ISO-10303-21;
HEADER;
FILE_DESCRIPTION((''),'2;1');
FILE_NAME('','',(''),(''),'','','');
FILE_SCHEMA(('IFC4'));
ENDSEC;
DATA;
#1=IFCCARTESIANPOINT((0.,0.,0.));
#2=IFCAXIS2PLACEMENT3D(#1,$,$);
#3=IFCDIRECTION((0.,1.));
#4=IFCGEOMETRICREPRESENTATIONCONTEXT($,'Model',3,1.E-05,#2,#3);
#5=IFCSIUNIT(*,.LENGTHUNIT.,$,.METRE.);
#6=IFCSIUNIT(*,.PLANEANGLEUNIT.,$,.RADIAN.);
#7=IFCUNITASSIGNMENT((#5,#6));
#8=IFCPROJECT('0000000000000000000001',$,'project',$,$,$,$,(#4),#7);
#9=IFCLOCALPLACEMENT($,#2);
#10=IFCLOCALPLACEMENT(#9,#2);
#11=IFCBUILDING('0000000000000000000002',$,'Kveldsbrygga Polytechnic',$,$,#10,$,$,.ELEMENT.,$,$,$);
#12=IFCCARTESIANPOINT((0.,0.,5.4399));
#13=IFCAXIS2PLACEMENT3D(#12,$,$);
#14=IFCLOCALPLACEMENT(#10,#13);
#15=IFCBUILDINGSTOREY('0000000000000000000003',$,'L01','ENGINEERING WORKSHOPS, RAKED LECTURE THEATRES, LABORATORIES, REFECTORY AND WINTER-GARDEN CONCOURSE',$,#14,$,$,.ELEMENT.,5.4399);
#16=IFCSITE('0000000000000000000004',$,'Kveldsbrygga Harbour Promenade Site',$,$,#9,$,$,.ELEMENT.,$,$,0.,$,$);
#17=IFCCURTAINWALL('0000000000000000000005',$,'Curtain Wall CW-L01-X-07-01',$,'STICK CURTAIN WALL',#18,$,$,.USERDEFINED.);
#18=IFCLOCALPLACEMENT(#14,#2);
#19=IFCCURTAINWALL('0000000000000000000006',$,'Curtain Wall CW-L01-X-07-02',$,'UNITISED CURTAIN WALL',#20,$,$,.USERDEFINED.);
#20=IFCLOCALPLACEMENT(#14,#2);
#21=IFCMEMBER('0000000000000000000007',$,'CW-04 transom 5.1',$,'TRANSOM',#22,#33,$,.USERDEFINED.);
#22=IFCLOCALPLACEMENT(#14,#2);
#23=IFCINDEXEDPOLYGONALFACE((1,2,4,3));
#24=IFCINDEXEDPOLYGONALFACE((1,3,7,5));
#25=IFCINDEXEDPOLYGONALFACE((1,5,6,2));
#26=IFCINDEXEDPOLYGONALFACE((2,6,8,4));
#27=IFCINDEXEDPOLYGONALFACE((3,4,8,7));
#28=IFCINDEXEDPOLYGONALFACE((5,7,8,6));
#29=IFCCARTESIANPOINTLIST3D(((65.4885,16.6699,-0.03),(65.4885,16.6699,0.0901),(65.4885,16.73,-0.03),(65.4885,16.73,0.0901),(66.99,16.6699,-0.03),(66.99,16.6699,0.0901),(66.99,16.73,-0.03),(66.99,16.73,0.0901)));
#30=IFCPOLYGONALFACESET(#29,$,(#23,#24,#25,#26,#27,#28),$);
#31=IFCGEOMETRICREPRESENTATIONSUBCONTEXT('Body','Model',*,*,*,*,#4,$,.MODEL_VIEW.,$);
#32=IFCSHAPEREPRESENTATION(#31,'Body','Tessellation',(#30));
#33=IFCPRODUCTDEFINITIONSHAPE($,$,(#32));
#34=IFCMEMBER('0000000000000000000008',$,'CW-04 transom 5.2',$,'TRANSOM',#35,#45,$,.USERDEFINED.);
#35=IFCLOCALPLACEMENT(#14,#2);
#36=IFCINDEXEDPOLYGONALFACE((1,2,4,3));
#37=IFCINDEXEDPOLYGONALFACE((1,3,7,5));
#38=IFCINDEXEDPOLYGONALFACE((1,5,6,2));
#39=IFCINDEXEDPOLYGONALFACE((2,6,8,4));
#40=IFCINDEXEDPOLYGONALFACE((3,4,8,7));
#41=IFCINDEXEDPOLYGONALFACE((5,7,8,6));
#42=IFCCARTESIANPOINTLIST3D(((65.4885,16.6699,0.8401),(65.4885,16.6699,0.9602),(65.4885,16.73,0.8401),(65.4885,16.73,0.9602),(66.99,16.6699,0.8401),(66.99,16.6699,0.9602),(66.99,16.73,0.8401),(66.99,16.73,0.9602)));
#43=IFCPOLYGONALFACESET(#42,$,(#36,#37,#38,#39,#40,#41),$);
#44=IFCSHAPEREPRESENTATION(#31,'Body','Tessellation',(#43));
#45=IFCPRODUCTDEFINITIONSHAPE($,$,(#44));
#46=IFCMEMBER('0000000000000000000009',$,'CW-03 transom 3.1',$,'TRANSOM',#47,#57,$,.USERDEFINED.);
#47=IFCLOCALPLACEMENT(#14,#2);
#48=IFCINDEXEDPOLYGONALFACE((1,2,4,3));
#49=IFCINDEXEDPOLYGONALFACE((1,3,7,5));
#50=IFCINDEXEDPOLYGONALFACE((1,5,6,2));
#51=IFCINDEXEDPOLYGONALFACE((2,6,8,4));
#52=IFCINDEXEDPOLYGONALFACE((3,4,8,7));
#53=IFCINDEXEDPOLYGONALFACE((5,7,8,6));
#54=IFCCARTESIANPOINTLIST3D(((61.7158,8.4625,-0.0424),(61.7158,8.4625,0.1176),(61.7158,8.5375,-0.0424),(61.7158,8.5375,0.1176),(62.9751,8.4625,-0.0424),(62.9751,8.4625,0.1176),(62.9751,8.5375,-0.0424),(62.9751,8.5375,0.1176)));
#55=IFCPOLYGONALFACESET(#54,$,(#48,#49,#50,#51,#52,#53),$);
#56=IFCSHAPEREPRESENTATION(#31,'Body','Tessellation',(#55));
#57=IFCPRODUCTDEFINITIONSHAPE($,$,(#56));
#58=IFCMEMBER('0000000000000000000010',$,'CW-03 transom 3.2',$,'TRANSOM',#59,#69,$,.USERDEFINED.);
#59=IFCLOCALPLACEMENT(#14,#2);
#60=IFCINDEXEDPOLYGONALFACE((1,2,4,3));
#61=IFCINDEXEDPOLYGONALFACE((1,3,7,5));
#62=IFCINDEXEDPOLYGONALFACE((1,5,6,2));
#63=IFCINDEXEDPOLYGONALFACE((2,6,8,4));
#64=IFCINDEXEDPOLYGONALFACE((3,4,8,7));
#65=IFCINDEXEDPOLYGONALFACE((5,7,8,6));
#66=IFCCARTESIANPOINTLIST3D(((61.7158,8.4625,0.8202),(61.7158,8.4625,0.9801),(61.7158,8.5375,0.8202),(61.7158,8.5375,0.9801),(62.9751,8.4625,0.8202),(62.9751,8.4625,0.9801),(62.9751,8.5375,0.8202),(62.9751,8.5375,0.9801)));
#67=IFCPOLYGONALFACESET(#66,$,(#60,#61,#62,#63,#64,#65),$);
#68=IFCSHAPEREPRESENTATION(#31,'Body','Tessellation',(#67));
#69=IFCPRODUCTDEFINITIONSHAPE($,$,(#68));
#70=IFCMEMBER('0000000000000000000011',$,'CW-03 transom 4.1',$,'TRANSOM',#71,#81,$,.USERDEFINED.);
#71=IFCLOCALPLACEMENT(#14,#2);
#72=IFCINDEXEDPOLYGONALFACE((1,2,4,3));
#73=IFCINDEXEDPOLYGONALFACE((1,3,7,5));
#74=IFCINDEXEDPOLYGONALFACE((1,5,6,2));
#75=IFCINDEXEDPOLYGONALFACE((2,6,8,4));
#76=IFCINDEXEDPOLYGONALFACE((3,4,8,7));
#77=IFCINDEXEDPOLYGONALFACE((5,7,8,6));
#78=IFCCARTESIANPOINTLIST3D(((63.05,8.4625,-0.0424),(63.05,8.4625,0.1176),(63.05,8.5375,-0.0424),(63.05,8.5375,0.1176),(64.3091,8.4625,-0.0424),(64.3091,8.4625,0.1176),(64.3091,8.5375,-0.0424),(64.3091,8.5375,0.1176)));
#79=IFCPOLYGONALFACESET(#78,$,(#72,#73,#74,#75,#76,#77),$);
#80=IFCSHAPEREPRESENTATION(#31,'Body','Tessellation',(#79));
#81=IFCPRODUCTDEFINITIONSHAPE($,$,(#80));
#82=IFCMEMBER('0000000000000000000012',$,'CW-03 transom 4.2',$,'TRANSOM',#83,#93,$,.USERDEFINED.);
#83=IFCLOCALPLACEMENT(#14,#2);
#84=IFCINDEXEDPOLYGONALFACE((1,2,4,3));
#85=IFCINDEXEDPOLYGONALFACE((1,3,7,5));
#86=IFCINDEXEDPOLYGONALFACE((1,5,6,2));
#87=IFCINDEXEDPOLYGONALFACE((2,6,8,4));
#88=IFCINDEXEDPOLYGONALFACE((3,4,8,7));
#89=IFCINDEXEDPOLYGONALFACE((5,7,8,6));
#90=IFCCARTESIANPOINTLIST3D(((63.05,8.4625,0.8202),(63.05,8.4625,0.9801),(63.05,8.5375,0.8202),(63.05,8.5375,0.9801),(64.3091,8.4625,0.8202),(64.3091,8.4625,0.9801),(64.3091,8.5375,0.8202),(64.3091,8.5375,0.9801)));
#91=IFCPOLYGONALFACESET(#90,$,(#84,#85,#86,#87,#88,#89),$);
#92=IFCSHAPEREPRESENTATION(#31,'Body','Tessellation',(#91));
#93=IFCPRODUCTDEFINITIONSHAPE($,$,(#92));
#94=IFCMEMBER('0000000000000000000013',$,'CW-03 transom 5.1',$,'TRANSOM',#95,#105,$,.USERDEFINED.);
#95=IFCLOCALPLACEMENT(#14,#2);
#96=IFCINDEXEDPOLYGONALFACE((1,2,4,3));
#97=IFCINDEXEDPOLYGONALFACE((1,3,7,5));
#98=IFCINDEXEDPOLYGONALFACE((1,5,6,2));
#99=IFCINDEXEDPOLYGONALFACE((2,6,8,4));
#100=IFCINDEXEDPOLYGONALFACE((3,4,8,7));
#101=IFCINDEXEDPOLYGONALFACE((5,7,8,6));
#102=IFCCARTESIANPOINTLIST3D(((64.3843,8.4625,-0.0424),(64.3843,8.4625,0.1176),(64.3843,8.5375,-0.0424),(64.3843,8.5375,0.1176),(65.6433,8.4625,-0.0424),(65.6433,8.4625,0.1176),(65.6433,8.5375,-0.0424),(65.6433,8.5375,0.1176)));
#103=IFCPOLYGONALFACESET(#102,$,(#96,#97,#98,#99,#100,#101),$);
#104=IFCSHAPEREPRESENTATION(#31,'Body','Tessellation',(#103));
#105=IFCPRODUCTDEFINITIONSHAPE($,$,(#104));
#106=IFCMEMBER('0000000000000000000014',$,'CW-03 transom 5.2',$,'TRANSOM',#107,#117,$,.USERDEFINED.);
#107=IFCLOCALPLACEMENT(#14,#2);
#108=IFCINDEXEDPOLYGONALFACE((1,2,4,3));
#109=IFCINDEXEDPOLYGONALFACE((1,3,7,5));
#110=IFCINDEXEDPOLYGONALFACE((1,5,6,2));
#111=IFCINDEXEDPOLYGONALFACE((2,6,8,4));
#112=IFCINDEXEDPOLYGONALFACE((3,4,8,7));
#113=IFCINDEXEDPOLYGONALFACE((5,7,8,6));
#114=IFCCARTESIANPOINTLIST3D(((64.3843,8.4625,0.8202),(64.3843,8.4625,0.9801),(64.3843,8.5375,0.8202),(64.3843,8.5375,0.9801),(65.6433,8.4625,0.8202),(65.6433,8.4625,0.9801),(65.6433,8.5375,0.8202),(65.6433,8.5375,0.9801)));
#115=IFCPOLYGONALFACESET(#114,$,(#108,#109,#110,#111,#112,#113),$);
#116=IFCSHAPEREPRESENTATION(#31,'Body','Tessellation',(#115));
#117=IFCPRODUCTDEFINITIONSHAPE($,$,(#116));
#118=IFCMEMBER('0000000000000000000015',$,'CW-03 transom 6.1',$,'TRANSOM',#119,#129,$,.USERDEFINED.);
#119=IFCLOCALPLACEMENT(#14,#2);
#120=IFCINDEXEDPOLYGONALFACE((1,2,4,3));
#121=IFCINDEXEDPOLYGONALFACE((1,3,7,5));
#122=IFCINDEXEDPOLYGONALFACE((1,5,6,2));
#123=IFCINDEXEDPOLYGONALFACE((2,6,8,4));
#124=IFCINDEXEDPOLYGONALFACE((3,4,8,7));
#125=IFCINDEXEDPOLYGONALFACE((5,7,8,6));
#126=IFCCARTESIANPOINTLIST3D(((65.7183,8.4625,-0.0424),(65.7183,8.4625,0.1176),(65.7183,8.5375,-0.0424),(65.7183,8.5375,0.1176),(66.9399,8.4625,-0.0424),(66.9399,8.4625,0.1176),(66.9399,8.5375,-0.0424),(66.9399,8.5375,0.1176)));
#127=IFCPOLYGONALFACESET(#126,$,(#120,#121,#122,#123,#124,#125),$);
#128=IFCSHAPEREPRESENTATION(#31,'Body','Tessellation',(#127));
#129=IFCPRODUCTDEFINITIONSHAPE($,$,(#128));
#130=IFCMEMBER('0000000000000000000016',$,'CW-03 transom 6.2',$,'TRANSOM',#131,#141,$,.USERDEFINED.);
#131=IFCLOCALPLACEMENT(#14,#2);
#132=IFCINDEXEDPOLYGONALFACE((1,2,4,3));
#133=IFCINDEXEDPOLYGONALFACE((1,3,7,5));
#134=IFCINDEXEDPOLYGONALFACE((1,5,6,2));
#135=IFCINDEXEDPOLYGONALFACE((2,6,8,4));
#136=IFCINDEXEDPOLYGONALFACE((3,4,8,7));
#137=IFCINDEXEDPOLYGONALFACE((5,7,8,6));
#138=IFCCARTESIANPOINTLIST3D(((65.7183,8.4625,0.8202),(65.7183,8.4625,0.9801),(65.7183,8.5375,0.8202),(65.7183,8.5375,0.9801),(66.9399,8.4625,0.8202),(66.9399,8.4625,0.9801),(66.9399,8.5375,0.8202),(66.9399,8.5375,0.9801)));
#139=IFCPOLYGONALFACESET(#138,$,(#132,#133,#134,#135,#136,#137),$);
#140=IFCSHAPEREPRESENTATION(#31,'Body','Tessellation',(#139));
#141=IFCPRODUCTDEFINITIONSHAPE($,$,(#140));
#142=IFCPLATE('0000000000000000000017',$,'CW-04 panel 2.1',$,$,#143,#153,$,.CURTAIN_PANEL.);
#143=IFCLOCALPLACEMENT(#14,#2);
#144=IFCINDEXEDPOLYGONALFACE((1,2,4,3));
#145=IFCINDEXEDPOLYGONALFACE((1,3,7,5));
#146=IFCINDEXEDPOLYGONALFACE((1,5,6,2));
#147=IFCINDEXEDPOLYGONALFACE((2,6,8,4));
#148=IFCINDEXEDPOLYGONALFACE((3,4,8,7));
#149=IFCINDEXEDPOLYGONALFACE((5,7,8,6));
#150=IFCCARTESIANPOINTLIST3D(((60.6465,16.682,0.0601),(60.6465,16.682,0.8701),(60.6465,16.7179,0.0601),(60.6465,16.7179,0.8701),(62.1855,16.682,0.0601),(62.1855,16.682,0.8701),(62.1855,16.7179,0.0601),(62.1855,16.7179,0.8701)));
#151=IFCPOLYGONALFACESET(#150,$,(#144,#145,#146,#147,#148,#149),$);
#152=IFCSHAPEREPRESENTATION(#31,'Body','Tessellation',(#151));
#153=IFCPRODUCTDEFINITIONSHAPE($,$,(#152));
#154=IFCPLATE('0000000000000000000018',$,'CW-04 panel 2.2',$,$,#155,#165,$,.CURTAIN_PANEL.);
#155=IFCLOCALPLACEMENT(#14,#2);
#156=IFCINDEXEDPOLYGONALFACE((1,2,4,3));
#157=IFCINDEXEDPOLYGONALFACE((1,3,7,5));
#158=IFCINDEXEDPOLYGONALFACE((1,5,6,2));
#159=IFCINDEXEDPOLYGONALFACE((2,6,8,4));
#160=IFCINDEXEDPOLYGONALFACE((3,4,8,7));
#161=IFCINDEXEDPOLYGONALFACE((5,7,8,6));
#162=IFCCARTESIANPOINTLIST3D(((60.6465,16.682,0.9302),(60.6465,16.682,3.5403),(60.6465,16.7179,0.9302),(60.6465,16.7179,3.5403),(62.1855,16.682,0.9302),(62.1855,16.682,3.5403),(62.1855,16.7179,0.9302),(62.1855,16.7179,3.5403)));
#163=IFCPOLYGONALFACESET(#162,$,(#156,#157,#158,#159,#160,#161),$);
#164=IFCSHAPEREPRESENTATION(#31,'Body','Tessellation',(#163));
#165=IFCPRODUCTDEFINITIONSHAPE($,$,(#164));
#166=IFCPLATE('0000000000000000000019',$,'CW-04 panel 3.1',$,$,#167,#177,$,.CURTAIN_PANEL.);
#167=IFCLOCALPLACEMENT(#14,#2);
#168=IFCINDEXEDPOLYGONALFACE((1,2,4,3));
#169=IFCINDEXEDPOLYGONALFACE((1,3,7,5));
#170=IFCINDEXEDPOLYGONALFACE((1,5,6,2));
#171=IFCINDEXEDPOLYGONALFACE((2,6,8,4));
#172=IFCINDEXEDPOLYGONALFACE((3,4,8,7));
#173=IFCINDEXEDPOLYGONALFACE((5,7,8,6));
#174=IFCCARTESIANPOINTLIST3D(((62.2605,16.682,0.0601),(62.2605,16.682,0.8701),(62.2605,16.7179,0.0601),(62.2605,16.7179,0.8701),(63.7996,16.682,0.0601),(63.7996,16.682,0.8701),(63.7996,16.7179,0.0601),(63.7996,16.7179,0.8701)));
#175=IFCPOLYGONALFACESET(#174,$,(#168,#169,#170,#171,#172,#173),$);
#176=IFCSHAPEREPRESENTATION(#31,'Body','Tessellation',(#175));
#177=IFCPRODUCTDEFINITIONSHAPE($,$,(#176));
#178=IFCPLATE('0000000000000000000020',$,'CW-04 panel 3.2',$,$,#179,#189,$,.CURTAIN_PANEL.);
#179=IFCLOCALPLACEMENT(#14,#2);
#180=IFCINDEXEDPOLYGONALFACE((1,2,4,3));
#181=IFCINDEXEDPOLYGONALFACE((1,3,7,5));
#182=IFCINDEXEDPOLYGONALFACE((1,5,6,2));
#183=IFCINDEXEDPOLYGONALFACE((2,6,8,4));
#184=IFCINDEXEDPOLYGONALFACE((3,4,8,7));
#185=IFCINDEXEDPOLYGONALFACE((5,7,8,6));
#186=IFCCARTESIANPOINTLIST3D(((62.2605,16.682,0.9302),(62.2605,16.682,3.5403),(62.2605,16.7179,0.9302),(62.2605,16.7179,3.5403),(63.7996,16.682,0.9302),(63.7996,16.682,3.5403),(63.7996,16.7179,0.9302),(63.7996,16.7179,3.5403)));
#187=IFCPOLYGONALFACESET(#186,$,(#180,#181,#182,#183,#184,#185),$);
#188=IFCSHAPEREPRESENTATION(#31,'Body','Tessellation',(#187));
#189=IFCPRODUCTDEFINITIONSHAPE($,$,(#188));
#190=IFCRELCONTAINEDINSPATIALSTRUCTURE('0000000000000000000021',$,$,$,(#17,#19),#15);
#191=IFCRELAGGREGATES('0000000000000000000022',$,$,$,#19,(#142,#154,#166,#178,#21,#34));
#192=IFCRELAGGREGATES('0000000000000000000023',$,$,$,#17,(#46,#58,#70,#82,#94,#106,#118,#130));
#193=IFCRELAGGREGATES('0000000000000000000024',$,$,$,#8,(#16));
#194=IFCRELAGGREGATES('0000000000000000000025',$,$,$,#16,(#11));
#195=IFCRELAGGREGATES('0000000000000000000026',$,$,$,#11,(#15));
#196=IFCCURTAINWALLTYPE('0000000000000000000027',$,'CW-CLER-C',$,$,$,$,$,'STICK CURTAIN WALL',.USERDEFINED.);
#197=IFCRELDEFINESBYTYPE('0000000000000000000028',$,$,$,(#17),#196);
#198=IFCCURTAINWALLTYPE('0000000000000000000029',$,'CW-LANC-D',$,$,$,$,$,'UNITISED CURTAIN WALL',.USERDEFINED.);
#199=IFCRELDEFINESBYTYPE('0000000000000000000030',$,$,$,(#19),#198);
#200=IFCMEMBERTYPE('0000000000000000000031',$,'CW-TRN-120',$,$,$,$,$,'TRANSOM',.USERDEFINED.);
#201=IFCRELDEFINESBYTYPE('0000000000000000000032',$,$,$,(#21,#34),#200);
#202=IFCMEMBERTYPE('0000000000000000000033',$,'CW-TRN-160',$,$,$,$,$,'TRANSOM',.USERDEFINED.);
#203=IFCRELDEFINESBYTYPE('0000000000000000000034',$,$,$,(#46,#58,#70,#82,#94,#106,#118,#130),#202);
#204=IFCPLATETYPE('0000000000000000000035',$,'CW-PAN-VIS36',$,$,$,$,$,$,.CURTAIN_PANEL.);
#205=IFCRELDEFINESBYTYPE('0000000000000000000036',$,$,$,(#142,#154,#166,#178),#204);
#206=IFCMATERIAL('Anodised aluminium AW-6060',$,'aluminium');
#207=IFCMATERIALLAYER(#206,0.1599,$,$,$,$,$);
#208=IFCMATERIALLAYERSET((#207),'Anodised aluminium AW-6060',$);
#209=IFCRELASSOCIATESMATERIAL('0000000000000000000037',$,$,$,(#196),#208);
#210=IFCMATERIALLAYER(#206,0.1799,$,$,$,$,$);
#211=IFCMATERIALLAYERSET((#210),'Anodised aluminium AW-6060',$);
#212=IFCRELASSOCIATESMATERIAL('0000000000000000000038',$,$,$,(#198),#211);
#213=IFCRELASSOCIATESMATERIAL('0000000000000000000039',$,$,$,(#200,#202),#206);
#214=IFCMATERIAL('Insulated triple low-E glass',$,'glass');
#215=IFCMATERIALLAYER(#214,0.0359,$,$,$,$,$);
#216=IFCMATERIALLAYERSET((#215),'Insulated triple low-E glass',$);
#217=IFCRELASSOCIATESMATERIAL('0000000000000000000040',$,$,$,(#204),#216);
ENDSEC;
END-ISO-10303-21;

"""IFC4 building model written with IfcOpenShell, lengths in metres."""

from ifc_helpers import new_model, si_unit, direction, frame, origin, origin_2d, place, context, subcontext, project, spatial, rectangle, extrude, material, layer, layer_set, material_profile, profile_set, type_object, element, aggregate, save


model = new_model("IFC4")

# Units and contexts
model_context = context("Model", 3, precision=1e-05, world=origin(), true_north=direction((0.0, 1.0)))
body_context = subcontext(model_context, "Body", "Model", "MODEL_VIEW")
ifc_project = project(units=[si_unit("LENGTHUNIT", "METRE"), si_unit("PLANEANGLEUNIT", "RADIAN")], contexts=[model_context])

# Site, building, storey
site_placement = place(None, origin())
site = spatial("IfcSite", under=ifc_project, at=site_placement, Name="Kveldsbrygga Harbour Promenade Site", CompositionType="ELEMENT", RefElevation=0.0)
building_placement = place(site_placement, origin())
building = spatial("IfcBuilding", under=site, at=building_placement, Name="Kveldsbrygga Polytechnic", CompositionType="ELEMENT")
storey_placement = place(building_placement, frame((0.0, 0.0, 5.4399)))
storey = spatial("IfcBuildingStorey", under=building, at=storey_placement, Name="L01", Description="ENGINEERING WORKSHOPS, RAKED LECTURE THEATRES, LABORATORIES, REFECTORY AND WINTER-GARDEN CONCOURSE", CompositionType="ELEMENT", Elevation=5.4399)

# Curtain walls, members
ifc_material_1 = material(Name="Anodised aluminium AW-6060", Category="aluminium")
ifc_layer_1 = layer(ifc_material_1, 0.1599)
ifc_layer_set_1 = layer_set([ifc_layer_1], Name="Anodised aluminium AW-6060")
curtain_wall_type_1 = type_object("IfcCurtainWallType", Name="CW-CLER-C", ElementType="STICK CURTAIN WALL", PredefinedType="USERDEFINED", material=ifc_layer_set_1)
curtain_wall_1_placement = place(storey_placement, origin())
curtain_wall_1 = element("IfcCurtainWall", 1, at=curtain_wall_1_placement, inside=storey, type_object=curtain_wall_type_1, Name="Curtain Wall CW-L01-X-07-01", ObjectType="STICK CURTAIN WALL", PredefinedType="USERDEFINED")
ifc_layer_2 = layer(ifc_material_1, 0.1799)
ifc_layer_set_2 = layer_set([ifc_layer_2], Name="Anodised aluminium AW-6060")
curtain_wall_type_2 = type_object("IfcCurtainWallType", Name="CW-LANC-D", ElementType="UNITISED CURTAIN WALL", PredefinedType="USERDEFINED", material=ifc_layer_set_2)
curtain_wall_2_placement = place(storey_placement, origin())
curtain_wall_2 = element("IfcCurtainWall", 2, at=curtain_wall_2_placement, inside=storey, type_object=curtain_wall_type_2, Name="Curtain Wall CW-L01-X-07-02", ObjectType="UNITISED CURTAIN WALL", PredefinedType="USERDEFINED")
ifc_material_profile_1 = material_profile(ifc_material_1, rectangle(XDim=0.0601, YDim=0.1201, at=origin_2d()), Name="ALU 60x120")
ifc_profile_set_1 = profile_set([ifc_material_profile_1], Name="Anodised aluminium AW-6060")
member_type_1 = type_object("IfcMemberType", Name="CW-TRN-120", ElementType="TRANSOM", PredefinedType="USERDEFINED", material=ifc_profile_set_1)
member_1_placement = place(storey_placement, frame((65.4885, 16.7, 0.03), z_axis=(1.0, 0.0, 0.0), x_axis=(0.0, 1.0, 0.0)))
member_1 = element("IfcMember", 3, at=member_1_placement, type_object=member_type_1, Name="CW-04 transom 5.1", ObjectType="TRANSOM", PredefinedType="USERDEFINED", context=body_context, shape_type="SweptSolid", body=[
    extrude(rectangle(XDim=0.0601, YDim=0.1201, at=origin_2d()), origin(), (0.0, 0.0, 1.0), 1.5015),
])
member_2_placement = place(storey_placement, frame((65.4885, 16.7, 0.9001), z_axis=(1.0, 0.0, 0.0), x_axis=(0.0, 1.0, 0.0)))
member_2 = element("IfcMember", 4, at=member_2_placement, type_object=member_type_1, Name="CW-04 transom 5.2", ObjectType="TRANSOM", PredefinedType="USERDEFINED", context=body_context, shape_type="SweptSolid", body=[
    extrude(rectangle(XDim=0.0601, YDim=0.1201, at=origin_2d()), origin(), (0.0, 0.0, 1.0), 1.5015),
])

# Members
ifc_material_profile_2 = material_profile(ifc_material_1, rectangle(XDim=0.075, YDim=0.1599, at=origin_2d()), Name="ALU 75x160")
ifc_profile_set_2 = profile_set([ifc_material_profile_2], Name="Anodised aluminium AW-6060")
member_type_2 = type_object("IfcMemberType", Name="CW-TRN-160", ElementType="TRANSOM", PredefinedType="USERDEFINED", material=ifc_profile_set_2)
member_3_placement = place(storey_placement, frame((61.7158, 8.5, 0.0376), z_axis=(1.0, 0.0, 0.0), x_axis=(0.0, 1.0, 0.0)))
member_3 = element("IfcMember", 5, at=member_3_placement, type_object=member_type_2, Name="CW-03 transom 3.1", ObjectType="TRANSOM", PredefinedType="USERDEFINED", context=body_context, shape_type="SweptSolid", body=[
    extrude(rectangle(XDim=0.075, YDim=0.1599, at=origin_2d()), origin(), (0.0, 0.0, 1.0), 1.2593),
])
member_4_placement = place(storey_placement, frame((61.7158, 8.5, 0.9001), z_axis=(1.0, 0.0, 0.0), x_axis=(0.0, 1.0, 0.0)))
member_4 = element("IfcMember", 6, at=member_4_placement, type_object=member_type_2, Name="CW-03 transom 3.2", ObjectType="TRANSOM", PredefinedType="USERDEFINED", context=body_context, shape_type="SweptSolid", body=[
    extrude(rectangle(XDim=0.075, YDim=0.1599, at=origin_2d()), origin(), (0.0, 0.0, 1.0), 1.2593),
])
member_5_placement = place(storey_placement, frame((63.05, 8.5, 0.0376), z_axis=(1.0, 0.0, 0.0), x_axis=(0.0, 1.0, 0.0)))
member_5 = element("IfcMember", 7, at=member_5_placement, type_object=member_type_2, Name="CW-03 transom 4.1", ObjectType="TRANSOM", PredefinedType="USERDEFINED", context=body_context, shape_type="SweptSolid", body=[
    extrude(rectangle(XDim=0.075, YDim=0.1599, at=origin_2d()), origin(), (0.0, 0.0, 1.0), 1.259),
])
member_6_placement = place(storey_placement, frame((63.05, 8.5, 0.9001), z_axis=(1.0, 0.0, 0.0), x_axis=(0.0, 1.0, 0.0)))
member_6 = element("IfcMember", 8, at=member_6_placement, type_object=member_type_2, Name="CW-03 transom 4.2", ObjectType="TRANSOM", PredefinedType="USERDEFINED", context=body_context, shape_type="SweptSolid", body=[
    extrude(rectangle(XDim=0.075, YDim=0.1599, at=origin_2d()), origin(), (0.0, 0.0, 1.0), 1.259),
])
member_7_placement = place(storey_placement, frame((64.3843, 8.5, 0.0376), z_axis=(1.0, 0.0, 0.0), x_axis=(0.0, 1.0, 0.0)))
member_7 = element("IfcMember", 9, at=member_7_placement, type_object=member_type_2, Name="CW-03 transom 5.1", ObjectType="TRANSOM", PredefinedType="USERDEFINED", context=body_context, shape_type="SweptSolid", body=[
    extrude(rectangle(XDim=0.075, YDim=0.1599, at=origin_2d()), origin(), (0.0, 0.0, 1.0), 1.259),
])
member_8_placement = place(storey_placement, frame((64.3843, 8.5, 0.9001), z_axis=(1.0, 0.0, 0.0), x_axis=(0.0, 1.0, 0.0)))
member_8 = element("IfcMember", 10, at=member_8_placement, type_object=member_type_2, Name="CW-03 transom 5.2", ObjectType="TRANSOM", PredefinedType="USERDEFINED", context=body_context, shape_type="SweptSolid", body=[
    extrude(rectangle(XDim=0.075, YDim=0.1599, at=origin_2d()), origin(), (0.0, 0.0, 1.0), 1.259),
])
member_9_placement = place(storey_placement, frame((65.7183, 8.5, 0.0376), z_axis=(1.0, 0.0, 0.0), x_axis=(0.0, 1.0, 0.0)))
member_9 = element("IfcMember", 11, at=member_9_placement, type_object=member_type_2, Name="CW-03 transom 6.1", ObjectType="TRANSOM", PredefinedType="USERDEFINED", context=body_context, shape_type="SweptSolid", body=[
    extrude(rectangle(XDim=0.075, YDim=0.1599, at=origin_2d()), origin(), (0.0, 0.0, 1.0), 1.2217),
])
member_10_placement = place(storey_placement, frame((65.7183, 8.5, 0.9001), z_axis=(1.0, 0.0, 0.0), x_axis=(0.0, 1.0, 0.0)))
member_10 = element("IfcMember", 12, at=member_10_placement, type_object=member_type_2, Name="CW-03 transom 6.2", ObjectType="TRANSOM", PredefinedType="USERDEFINED", context=body_context, shape_type="SweptSolid", body=[
    extrude(rectangle(XDim=0.075, YDim=0.1599, at=origin_2d()), origin(), (0.0, 0.0, 1.0), 1.2217),
])

# Plates
ifc_material_2 = material(Name="Insulated triple low-E glass", Category="glass")
ifc_layer_3 = layer(ifc_material_2, 0.0359)
ifc_layer_set_3 = layer_set([ifc_layer_3], Name="Insulated triple low-E glass")
plate_type_1 = type_object("IfcPlateType", Name="CW-PAN-VIS36", PredefinedType="CURTAIN_PANEL", material=ifc_layer_set_3)
plate_1_placement = place(storey_placement, frame((61.416, 16.7, 0.0601), z_axis=(0.0, 0.0, 1.0), x_axis=(1.0, 0.0, 0.0)))
plate_1 = element("IfcPlate", 13, at=plate_1_placement, type_object=plate_type_1, Name="CW-04 panel 2.1", PredefinedType="CURTAIN_PANEL", context=body_context, shape_type="SweptSolid", body=[
    extrude(rectangle(XDim=1.5391, YDim=0.0359, at=origin_2d()), origin(), (0.0, 0.0, 1.0), 0.8101),
])
plate_2_placement = place(storey_placement, frame((61.416, 16.7, 0.9302), z_axis=(0.0, 0.0, 1.0), x_axis=(1.0, 0.0, 0.0)))
plate_2 = element("IfcPlate", 14, at=plate_2_placement, type_object=plate_type_1, Name="CW-04 panel 2.2", PredefinedType="CURTAIN_PANEL", context=body_context, shape_type="SweptSolid", body=[
    extrude(rectangle(XDim=1.5391, YDim=0.0359, at=origin_2d()), origin(), (0.0, 0.0, 1.0), 2.6101),
])
plate_3_placement = place(storey_placement, frame((63.03, 16.7, 0.0601), z_axis=(0.0, 0.0, 1.0), x_axis=(1.0, 0.0, 0.0)))
plate_3 = element("IfcPlate", 15, at=plate_3_placement, type_object=plate_type_1, Name="CW-04 panel 3.1", PredefinedType="CURTAIN_PANEL", context=body_context, shape_type="SweptSolid", body=[
    extrude(rectangle(XDim=1.5391, YDim=0.0359, at=origin_2d()), origin(), (0.0, 0.0, 1.0), 0.8101),
])
plate_4_placement = place(storey_placement, frame((63.03, 16.7, 0.9302), z_axis=(0.0, 0.0, 1.0), x_axis=(1.0, 0.0, 0.0)))
plate_4 = element("IfcPlate", 16, at=plate_4_placement, type_object=plate_type_1, Name="CW-04 panel 3.2", PredefinedType="CURTAIN_PANEL", context=body_context, shape_type="SweptSolid", body=[
    extrude(rectangle(XDim=1.5391, YDim=0.0359, at=origin_2d()), origin(), (0.0, 0.0, 1.0), 2.6101),
])
aggregate(curtain_wall_2, [plate_1, plate_2, plate_3, plate_4, member_1, member_2])
aggregate(curtain_wall_1, [member_3, member_4, member_5, member_6, member_7, member_8, member_9, member_10])

save(model, "model.ifc")
